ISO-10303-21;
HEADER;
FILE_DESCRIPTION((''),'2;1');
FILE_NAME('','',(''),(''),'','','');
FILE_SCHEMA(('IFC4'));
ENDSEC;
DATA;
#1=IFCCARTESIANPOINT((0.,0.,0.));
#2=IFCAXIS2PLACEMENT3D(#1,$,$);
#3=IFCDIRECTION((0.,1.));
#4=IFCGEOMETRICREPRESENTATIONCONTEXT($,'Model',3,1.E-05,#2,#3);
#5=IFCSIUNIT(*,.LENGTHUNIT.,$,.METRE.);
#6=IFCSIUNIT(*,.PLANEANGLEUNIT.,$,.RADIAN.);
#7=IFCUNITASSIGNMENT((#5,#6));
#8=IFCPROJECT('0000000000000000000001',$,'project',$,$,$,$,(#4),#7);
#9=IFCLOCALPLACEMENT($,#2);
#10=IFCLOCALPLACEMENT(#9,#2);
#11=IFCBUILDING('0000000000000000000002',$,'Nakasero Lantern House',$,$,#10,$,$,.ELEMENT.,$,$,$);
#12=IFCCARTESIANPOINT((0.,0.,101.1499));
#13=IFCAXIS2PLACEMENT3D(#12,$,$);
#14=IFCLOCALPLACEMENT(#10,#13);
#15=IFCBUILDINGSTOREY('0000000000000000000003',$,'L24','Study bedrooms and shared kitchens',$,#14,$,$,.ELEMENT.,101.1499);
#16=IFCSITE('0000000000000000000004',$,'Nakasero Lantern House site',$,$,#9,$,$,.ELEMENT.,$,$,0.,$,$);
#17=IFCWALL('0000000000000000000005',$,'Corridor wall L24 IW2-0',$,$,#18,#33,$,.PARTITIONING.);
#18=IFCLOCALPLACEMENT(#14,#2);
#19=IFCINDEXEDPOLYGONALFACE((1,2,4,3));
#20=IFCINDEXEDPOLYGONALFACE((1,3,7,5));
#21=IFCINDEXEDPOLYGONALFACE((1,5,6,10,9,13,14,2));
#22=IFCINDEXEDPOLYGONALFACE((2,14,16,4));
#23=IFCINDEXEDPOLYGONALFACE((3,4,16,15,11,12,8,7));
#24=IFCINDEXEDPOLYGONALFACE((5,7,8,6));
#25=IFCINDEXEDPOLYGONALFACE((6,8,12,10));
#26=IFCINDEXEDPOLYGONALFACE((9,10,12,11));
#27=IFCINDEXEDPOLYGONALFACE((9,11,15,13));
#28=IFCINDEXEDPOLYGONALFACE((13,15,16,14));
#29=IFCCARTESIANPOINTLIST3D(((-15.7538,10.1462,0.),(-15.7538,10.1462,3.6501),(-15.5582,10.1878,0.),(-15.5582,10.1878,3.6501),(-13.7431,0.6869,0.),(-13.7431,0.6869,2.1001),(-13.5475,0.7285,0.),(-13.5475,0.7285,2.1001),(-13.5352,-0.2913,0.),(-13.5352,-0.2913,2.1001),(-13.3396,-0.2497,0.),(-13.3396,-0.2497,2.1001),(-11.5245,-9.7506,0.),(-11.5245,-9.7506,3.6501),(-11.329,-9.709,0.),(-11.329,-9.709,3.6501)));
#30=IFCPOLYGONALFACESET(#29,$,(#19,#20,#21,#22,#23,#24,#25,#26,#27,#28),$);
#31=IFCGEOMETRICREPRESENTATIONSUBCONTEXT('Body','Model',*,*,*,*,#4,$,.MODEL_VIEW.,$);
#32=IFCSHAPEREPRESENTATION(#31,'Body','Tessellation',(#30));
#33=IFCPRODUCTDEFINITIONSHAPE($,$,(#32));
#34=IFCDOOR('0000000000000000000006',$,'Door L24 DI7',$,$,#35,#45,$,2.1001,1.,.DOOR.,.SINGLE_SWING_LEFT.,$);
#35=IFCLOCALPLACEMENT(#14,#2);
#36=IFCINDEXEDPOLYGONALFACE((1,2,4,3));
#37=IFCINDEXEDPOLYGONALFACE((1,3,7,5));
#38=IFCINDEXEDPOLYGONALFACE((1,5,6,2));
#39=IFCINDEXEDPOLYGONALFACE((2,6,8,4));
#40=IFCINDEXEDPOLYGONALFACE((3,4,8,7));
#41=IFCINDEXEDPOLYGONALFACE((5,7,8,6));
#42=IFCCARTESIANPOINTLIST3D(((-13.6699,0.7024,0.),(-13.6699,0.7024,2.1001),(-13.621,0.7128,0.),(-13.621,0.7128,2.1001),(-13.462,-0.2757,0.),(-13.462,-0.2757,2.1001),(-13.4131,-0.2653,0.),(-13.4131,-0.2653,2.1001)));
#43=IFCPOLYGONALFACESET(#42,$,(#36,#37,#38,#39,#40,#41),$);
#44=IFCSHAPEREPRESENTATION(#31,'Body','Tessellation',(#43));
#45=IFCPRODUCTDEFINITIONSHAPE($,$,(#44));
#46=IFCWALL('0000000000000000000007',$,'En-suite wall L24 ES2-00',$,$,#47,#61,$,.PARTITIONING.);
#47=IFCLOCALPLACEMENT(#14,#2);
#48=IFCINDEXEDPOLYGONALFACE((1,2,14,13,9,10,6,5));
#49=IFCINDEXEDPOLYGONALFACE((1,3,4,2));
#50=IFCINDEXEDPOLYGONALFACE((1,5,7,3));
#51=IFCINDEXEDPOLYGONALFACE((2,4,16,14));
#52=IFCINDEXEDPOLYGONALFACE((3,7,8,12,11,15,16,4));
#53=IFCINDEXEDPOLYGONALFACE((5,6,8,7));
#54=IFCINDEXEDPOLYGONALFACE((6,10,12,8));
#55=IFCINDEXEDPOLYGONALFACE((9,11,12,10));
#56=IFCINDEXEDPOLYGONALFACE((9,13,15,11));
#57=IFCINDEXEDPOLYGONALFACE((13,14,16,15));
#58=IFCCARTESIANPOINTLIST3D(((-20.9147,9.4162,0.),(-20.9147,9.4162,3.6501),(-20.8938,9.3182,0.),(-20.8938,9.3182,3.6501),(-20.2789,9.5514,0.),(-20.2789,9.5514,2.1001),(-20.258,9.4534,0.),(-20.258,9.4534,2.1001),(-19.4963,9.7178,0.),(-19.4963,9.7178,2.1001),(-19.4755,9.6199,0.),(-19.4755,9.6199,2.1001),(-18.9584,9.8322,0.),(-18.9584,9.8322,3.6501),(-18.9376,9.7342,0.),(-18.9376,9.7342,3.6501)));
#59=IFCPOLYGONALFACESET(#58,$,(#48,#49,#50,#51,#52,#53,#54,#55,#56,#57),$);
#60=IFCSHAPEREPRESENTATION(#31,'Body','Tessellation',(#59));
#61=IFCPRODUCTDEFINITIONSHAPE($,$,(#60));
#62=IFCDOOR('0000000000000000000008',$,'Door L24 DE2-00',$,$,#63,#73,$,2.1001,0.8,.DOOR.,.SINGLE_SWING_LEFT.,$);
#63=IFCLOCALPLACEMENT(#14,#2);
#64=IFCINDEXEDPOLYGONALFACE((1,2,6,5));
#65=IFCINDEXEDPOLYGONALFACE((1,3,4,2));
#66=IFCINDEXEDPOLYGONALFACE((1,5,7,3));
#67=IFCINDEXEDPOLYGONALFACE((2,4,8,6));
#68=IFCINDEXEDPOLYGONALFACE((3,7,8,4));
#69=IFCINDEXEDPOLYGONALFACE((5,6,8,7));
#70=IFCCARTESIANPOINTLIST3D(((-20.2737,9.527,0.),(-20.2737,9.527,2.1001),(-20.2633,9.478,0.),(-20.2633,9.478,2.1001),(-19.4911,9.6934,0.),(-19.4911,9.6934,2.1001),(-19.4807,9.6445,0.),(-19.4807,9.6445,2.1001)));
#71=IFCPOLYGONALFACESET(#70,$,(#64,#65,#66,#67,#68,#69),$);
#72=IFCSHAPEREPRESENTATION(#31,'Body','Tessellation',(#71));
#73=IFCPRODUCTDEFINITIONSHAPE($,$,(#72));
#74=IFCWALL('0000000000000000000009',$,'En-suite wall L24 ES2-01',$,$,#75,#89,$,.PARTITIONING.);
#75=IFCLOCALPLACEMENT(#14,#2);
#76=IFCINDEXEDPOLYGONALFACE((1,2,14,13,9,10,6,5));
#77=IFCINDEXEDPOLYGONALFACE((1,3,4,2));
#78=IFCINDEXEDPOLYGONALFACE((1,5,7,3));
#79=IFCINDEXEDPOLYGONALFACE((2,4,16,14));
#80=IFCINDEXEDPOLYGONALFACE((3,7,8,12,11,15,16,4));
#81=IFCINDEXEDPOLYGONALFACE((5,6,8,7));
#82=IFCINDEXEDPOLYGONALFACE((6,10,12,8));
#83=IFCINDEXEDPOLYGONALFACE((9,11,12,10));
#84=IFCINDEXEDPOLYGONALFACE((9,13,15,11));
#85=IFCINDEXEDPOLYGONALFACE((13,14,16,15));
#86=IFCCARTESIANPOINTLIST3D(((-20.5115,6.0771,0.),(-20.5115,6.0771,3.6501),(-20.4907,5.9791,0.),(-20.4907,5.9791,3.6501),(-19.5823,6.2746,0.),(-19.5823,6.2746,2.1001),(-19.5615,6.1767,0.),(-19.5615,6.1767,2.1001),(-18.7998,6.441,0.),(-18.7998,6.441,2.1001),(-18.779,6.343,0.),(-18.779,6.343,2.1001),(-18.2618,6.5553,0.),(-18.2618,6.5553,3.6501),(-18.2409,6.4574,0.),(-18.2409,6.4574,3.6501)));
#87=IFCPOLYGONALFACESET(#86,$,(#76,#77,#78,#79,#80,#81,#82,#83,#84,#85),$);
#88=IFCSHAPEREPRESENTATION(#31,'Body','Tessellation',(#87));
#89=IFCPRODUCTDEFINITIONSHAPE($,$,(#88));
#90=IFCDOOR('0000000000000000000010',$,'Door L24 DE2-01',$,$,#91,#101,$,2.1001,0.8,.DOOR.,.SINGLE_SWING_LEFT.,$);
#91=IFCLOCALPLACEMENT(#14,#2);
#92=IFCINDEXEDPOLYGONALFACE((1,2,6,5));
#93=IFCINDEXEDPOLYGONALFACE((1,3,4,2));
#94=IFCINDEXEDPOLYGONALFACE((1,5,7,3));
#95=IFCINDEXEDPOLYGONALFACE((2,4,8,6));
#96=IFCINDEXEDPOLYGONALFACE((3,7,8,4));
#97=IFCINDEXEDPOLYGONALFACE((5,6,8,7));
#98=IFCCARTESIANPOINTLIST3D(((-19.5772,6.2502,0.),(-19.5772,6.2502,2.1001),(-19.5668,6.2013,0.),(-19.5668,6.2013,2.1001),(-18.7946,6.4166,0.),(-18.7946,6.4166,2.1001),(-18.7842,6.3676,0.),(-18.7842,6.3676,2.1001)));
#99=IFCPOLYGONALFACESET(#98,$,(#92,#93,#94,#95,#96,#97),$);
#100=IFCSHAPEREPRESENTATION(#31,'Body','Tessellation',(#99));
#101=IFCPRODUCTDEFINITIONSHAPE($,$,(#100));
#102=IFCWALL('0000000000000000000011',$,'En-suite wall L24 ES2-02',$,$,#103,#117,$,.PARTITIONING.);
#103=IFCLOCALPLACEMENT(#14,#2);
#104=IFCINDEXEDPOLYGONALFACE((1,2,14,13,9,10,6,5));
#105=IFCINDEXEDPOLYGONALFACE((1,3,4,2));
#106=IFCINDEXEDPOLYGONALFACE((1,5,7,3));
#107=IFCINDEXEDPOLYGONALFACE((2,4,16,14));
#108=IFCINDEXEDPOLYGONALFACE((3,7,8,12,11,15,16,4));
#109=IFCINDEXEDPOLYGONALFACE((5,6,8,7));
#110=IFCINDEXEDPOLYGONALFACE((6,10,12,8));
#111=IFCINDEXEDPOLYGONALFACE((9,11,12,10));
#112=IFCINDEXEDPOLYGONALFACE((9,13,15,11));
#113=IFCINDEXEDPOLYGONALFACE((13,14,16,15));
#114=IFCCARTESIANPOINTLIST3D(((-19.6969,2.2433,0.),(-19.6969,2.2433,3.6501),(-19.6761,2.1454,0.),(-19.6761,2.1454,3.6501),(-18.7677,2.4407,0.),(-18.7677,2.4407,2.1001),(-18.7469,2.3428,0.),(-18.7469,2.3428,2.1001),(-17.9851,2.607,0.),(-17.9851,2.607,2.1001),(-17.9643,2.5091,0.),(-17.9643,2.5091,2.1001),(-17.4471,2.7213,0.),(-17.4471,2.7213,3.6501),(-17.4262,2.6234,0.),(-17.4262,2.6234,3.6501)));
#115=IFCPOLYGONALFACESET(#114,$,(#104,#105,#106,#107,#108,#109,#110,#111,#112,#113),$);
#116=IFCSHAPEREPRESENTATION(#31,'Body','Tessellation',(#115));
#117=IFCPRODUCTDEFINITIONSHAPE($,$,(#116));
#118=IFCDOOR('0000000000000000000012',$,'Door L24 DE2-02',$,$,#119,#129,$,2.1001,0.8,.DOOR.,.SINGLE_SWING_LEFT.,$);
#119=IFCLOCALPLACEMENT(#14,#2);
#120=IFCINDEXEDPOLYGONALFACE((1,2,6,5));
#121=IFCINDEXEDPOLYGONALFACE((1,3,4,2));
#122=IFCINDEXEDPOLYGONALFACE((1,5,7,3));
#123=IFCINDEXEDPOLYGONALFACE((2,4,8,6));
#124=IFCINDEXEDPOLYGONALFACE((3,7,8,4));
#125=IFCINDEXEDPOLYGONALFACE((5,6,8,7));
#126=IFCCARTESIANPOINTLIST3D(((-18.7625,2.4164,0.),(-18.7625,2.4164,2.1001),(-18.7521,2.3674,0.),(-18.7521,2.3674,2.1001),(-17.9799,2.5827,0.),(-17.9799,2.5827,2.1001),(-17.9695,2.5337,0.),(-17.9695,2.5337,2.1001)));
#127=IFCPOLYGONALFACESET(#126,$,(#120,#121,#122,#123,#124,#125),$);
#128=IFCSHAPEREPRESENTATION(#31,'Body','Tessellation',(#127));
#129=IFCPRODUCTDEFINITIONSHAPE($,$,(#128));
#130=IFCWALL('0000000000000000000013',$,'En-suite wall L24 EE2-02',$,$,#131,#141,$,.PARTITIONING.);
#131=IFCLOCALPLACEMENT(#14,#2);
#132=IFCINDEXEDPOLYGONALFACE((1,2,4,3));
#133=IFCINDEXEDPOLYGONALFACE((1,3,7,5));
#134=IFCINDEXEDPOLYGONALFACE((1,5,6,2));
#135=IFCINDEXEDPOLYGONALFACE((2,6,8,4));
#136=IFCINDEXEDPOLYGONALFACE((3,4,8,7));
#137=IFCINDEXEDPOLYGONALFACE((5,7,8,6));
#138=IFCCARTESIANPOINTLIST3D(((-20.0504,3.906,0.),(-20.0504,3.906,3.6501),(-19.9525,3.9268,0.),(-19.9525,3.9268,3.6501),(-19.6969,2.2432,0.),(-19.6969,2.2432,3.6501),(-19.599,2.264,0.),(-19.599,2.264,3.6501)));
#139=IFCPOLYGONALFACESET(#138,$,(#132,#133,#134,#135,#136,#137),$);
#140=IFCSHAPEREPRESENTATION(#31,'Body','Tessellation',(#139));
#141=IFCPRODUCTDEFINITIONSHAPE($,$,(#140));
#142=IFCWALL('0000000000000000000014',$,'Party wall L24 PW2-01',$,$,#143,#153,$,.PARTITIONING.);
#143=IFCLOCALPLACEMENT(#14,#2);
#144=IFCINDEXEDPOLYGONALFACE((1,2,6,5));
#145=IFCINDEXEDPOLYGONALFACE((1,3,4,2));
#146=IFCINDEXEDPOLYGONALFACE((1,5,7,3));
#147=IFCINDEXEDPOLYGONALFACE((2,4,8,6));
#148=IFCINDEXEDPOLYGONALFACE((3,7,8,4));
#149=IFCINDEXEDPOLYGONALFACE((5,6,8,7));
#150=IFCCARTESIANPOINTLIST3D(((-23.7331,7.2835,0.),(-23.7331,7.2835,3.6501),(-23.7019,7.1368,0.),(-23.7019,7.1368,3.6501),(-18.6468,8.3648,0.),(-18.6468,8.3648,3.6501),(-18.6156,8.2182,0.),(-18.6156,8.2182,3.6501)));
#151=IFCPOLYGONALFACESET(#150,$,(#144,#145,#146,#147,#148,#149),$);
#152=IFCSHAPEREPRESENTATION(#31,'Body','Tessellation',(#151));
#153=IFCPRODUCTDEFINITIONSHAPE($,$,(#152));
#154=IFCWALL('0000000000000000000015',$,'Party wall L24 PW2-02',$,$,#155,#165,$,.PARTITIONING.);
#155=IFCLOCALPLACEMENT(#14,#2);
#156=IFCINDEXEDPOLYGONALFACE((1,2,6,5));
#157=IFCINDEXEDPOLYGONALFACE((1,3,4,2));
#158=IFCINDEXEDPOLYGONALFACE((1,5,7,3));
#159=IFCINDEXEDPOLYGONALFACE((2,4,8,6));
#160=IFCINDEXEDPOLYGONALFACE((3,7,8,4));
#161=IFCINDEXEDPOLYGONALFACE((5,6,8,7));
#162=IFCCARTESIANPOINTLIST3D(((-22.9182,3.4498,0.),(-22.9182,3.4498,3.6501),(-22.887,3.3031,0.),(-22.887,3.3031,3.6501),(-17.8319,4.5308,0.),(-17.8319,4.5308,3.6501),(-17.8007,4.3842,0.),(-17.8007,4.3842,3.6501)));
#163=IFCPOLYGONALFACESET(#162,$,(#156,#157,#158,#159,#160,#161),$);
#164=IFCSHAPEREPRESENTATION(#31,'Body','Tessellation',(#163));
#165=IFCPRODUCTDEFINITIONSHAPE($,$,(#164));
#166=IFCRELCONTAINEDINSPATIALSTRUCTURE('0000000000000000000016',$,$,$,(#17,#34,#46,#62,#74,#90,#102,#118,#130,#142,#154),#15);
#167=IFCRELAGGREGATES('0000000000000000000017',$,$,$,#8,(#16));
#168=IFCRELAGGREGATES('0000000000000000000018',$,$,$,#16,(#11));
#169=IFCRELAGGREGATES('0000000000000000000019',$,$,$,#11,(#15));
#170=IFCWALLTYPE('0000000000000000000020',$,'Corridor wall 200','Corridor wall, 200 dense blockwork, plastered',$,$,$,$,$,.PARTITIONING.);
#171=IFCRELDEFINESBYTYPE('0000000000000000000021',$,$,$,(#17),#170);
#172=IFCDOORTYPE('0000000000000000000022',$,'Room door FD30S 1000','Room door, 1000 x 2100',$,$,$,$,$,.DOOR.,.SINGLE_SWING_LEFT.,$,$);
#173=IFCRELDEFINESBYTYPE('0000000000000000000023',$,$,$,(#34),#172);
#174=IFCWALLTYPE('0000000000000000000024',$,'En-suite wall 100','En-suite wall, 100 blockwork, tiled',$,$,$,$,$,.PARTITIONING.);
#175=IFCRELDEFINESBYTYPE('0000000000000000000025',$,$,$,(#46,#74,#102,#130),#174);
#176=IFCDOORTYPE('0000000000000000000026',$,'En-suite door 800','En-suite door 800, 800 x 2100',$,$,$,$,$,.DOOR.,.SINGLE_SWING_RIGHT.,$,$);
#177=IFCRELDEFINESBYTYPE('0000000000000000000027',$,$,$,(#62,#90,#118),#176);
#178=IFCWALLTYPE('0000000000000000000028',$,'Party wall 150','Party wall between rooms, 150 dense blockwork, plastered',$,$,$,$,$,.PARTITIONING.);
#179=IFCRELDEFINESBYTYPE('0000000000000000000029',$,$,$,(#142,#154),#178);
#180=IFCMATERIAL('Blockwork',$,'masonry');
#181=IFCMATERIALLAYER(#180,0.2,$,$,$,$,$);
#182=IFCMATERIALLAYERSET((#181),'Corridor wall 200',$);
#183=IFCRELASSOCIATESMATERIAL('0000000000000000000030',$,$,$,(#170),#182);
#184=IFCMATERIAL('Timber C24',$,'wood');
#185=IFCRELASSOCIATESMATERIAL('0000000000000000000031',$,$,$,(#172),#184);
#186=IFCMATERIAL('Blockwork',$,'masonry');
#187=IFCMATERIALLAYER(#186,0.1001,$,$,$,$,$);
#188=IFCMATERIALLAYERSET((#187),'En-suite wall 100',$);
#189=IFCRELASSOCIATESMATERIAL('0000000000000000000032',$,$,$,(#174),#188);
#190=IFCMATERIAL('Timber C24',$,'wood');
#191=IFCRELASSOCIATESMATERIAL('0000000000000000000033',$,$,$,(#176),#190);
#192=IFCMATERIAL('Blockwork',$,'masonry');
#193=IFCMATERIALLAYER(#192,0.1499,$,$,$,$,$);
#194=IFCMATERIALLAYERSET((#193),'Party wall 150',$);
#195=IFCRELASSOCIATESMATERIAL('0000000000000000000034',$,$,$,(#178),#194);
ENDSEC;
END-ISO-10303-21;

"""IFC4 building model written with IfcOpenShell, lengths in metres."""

from ifc_helpers import new_model, si_unit, direction, frame, frame_2d, origin, place, context, subcontext, project, spatial, rectangle, extrude, material, layer, layer_set, type_object, element, fill, save


model = new_model("IFC4")

# Units and contexts
model_context = context("Model", 3, precision=1e-05, world=origin(), true_north=direction((0.0, 1.0)))
body_context = subcontext(model_context, "Body", "Model", "MODEL_VIEW")
ifc_project = project(units=[si_unit("LENGTHUNIT", "METRE"), si_unit("PLANEANGLEUNIT", "RADIAN")], contexts=[model_context])

# Site, building, storey
site_placement = place(None, origin())
site = spatial("IfcSite", under=ifc_project, at=site_placement, Name="Nakasero Lantern House site", CompositionType="ELEMENT", RefElevation=0.0)
building_placement = place(site_placement, origin())
building = spatial("IfcBuilding", under=site, at=building_placement, Name="Nakasero Lantern House", CompositionType="ELEMENT")
storey_placement = place(building_placement, frame((0.0, 0.0, 101.1499)))
storey = spatial("IfcBuildingStorey", under=building, at=storey_placement, Name="L24", Description="Study bedrooms and shared kitchens", CompositionType="ELEMENT", Elevation=101.1499)

# Shared definitions
ifc_material_1 = material(Name="Blockwork", Category="masonry")
ifc_layer_1 = layer(ifc_material_1, 0.2)
ifc_layer_set_1 = layer_set([ifc_layer_1], Name="Corridor wall 200")
wall_type_1 = type_object("IfcWallType", Name="Corridor wall 200", Description="Corridor wall, 200 dense blockwork, plastered", PredefinedType="PARTITIONING", material=ifc_layer_set_1)

# Walls, openings, doors
wall_1_placement = place(storey_placement, frame((-15.656, 10.167, 0.0), z_axis=(0.0, 0.0, 1.0), x_axis=(0.207915, -0.978147, 0.0)))
wall_1 = element("IfcWall", 1, at=wall_1_placement, inside=storey, type_object=wall_type_1, Name="Corridor wall L24 IW2-0", PredefinedType="PARTITIONING", context=body_context, shape_type="SweptSolid", body=[
    extrude(rectangle(XDim=20.3413, YDim=0.2, at=frame_2d((10.1707, 0.0))), origin(), (0.0, 0.0, 1.0), 3.6501),
])
opening_1_placement = place(wall_1_placement, frame((9.6707, 0.0, 0.0)))
opening_1 = element("IfcOpeningElement", 2, at=opening_1_placement, cuts=wall_1, PredefinedType="OPENING", context=body_context, shape_type="SweptSolid", body=[
    extrude(rectangle(XDim=1.0, YDim=2.1001, at=frame_2d((0.5, 1.05))), frame((0.0, 0.1199, 0.0), z_axis=(0.0, -1.0, 0.0), x_axis=(1.0, 0.0, 0.0)), (0.0, 0.0, 1.0), 0.24),
])
ifc_material_2 = material(Name="Timber C24", Category="wood")
door_type_1 = type_object("IfcDoorType", Name="Room door FD30S 1000", Description="Room door, 1000 x 2100", OperationType="SINGLE_SWING_LEFT", PredefinedType="DOOR", material=ifc_material_2)
door_1_placement = place(opening_1_placement, origin())
door_1 = element("IfcDoor", 3, at=door_1_placement, inside=storey, type_object=door_type_1, Name="Door L24 DI7", OperationType="SINGLE_SWING_LEFT", OverallHeight=2.1001, OverallWidth=1.0, PredefinedType="DOOR", context=body_context, shape_type="SweptSolid", body=[
    extrude(rectangle(XDim=1.0, YDim=2.1001, at=frame_2d((0.5, 1.05))), frame((0.0, 0.0249, 0.0), z_axis=(0.0, -1.0, 0.0), x_axis=(1.0, 0.0, 0.0)), (0.0, 0.0, 1.0), 0.05),
])
fill(opening_1, door_1)
ifc_material_3 = material(Name="Blockwork", Category="masonry")
ifc_layer_2 = layer(ifc_material_3, 0.1001)
ifc_layer_set_2 = layer_set([ifc_layer_2], Name="En-suite wall 100")
wall_type_2 = type_object("IfcWallType", Name="En-suite wall 100", Description="En-suite wall, 100 blockwork, tiled", PredefinedType="PARTITIONING", material=ifc_layer_set_2)
wall_2_placement = place(storey_placement, frame((-18.948, 9.7832, 0.0), z_axis=(0.0, 0.0, 1.0), x_axis=(-0.978128, -0.208003, 0.0)))
wall_2 = element("IfcWall", 4, at=wall_2_placement, inside=storey, type_object=wall_type_2, Name="En-suite wall L24 ES2-00", PredefinedType="PARTITIONING", context=body_context, shape_type="SweptSolid", body=[
    extrude(rectangle(XDim=2.0, YDim=0.1001, at=frame_2d((1.0, 0.0))), origin(), (0.0, 0.0, 1.0), 3.6501),
])
opening_2_placement = place(wall_2_placement, frame((0.55, 0.0, 0.0)))
opening_2 = element("IfcOpeningElement", 5, at=opening_2_placement, cuts=wall_2, PredefinedType="OPENING", context=body_context, shape_type="SweptSolid", body=[
    extrude(rectangle(XDim=0.8, YDim=2.1001, at=frame_2d((0.3999, 1.05))), frame((0.0, 0.0701, 0.0), z_axis=(0.0, -1.0, 0.0), x_axis=(1.0, 0.0, 0.0)), (0.0, 0.0, 1.0), 0.1401),
])
ifc_material_4 = material(Name="Timber C24", Category="wood")
door_type_2 = type_object("IfcDoorType", Name="En-suite door 800", Description="En-suite door 800, 800 x 2100", OperationType="SINGLE_SWING_RIGHT", PredefinedType="DOOR", material=ifc_material_4)
door_2_placement = place(opening_2_placement, origin())
door_2 = element("IfcDoor", 6, at=door_2_placement, inside=storey, type_object=door_type_2, Name="Door L24 DE2-00", OperationType="SINGLE_SWING_LEFT", OverallHeight=2.1001, OverallWidth=0.8, PredefinedType="DOOR", context=body_context, shape_type="SweptSolid", body=[
    extrude(rectangle(XDim=0.8, YDim=2.1001, at=frame_2d((0.3999, 1.05))), frame((0.0, 0.0249, 0.0), z_axis=(0.0, -1.0, 0.0), x_axis=(1.0, 0.0, 0.0)), (0.0, 0.0, 1.0), 0.05),
])
fill(opening_2, door_2)
wall_3_placement = place(storey_placement, frame((-18.2515, 6.5063, 0.0), z_axis=(0.0, 0.0, 1.0), x_axis=(-0.978141, -0.207941, 0.0)))
wall_3 = element("IfcWall", 7, at=wall_3_placement, inside=storey, type_object=wall_type_2, Name="En-suite wall L24 ES2-01", PredefinedType="PARTITIONING", context=body_context, shape_type="SweptSolid", body=[
    extrude(rectangle(XDim=2.3, YDim=0.1001, at=frame_2d((1.1499, 0.0))), origin(), (0.0, 0.0, 1.0), 3.6501),
])
opening_3_placement = place(wall_3_placement, frame((0.55, 0.0, 0.0)))
opening_3 = element("IfcOpeningElement", 8, at=opening_3_placement, cuts=wall_3, PredefinedType="OPENING", context=body_context, shape_type="SweptSolid", body=[
    extrude(rectangle(XDim=0.8, YDim=2.1001, at=frame_2d((0.3999, 1.05))), frame((0.0, 0.0701, 0.0), z_axis=(0.0, -1.0, 0.0), x_axis=(1.0, 0.0, 0.0)), (0.0, 0.0, 1.0), 0.1401),
])
door_3_placement = place(opening_3_placement, origin())
door_3 = element("IfcDoor", 9, at=door_3_placement, inside=storey, type_object=door_type_2, Name="Door L24 DE2-01", OperationType="SINGLE_SWING_LEFT", OverallHeight=2.1001, OverallWidth=0.8, PredefinedType="DOOR", context=body_context, shape_type="SweptSolid", body=[
    extrude(rectangle(XDim=0.8, YDim=2.1001, at=frame_2d((0.3999, 1.05))), frame((0.0, 0.0249, 0.0), z_axis=(0.0, -1.0, 0.0), x_axis=(1.0, 0.0, 0.0)), (0.0, 0.0, 1.0), 0.05),
])
fill(opening_3, door_3)
wall_4_placement = place(storey_placement, frame((-17.4368, 2.6724, 0.0), z_axis=(0.0, 0.0, 1.0), x_axis=(-0.978163, -0.20784, 0.0)))
wall_4 = element("IfcWall", 10, at=wall_4_placement, inside=storey, type_object=wall_type_2, Name="En-suite wall L24 ES2-02", PredefinedType="PARTITIONING", context=body_context, shape_type="SweptSolid", body=[
    extrude(rectangle(XDim=2.3, YDim=0.1001, at=frame_2d((1.1499, 0.0))), origin(), (0.0, 0.0, 1.0), 3.6501),
])
opening_4_placement = place(wall_4_placement, frame((0.55, 0.0, 0.0)))
opening_4 = element("IfcOpeningElement", 11, at=opening_4_placement, cuts=wall_4, PredefinedType="OPENING", context=body_context, shape_type="SweptSolid", body=[
    extrude(rectangle(XDim=0.8, YDim=2.1001, at=frame_2d((0.3999, 1.05))), frame((0.0, 0.0701, 0.0), z_axis=(0.0, -1.0, 0.0), x_axis=(1.0, 0.0, 0.0)), (0.0, 0.0, 1.0), 0.1401),
])
door_4_placement = place(opening_4_placement, origin())
door_4 = element("IfcDoor", 12, at=door_4_placement, inside=storey, type_object=door_type_2, Name="Door L24 DE2-02", OperationType="SINGLE_SWING_LEFT", OverallHeight=2.1001, OverallWidth=0.8, PredefinedType="DOOR", context=body_context, shape_type="SweptSolid", body=[
    extrude(rectangle(XDim=0.8, YDim=2.1001, at=frame_2d((0.3999, 1.05))), frame((0.0, 0.0249, 0.0), z_axis=(0.0, -1.0, 0.0), x_axis=(1.0, 0.0, 0.0)), (0.0, 0.0, 1.0), 0.05),
])
fill(opening_4, door_4)

# Walls
wall_5_placement = place(storey_placement, frame((-20.0015, 3.9165, 0.0), z_axis=(0.0, 0.0, 1.0), x_axis=(0.20795, -0.97814, 0.0)))
element("IfcWall", 13, at=wall_5_placement, inside=storey, type_object=wall_type_2, Name="En-suite wall L24 EE2-02", PredefinedType="PARTITIONING", context=body_context, shape_type="SweptSolid", body=[
    extrude(rectangle(XDim=1.7, YDim=0.1001, at=frame_2d((0.8501, 0.0))), origin(), (0.0, 0.0, 1.0), 3.6501),
])
ifc_material_5 = material(Name="Blockwork", Category="masonry")
ifc_layer_3 = layer(ifc_material_5, 0.1499)
ifc_layer_set_3 = layer_set([ifc_layer_3], Name="Party wall 150")
wall_type_3 = type_object("IfcWallType", Name="Party wall 150", Description="Party wall between rooms, 150 dense blockwork, plastered", PredefinedType="PARTITIONING", material=ifc_layer_set_3)
for number, where, z_axis, x_axis, name in (
    (14, (-18.6311, 8.2915, 0.0), (0.0, 0.0, 1.0), (-0.97814, -0.207948, 0.0), "Party wall L24 PW2-01"),
    (15, (-17.8162, 4.4575, 0.0), (0.0, 0.0, 1.0), (-0.978151, -0.207894, 0.0), "Party wall L24 PW2-02"),
):
    element("IfcWall", number, at=place(storey_placement, frame(where, z_axis=z_axis, x_axis=x_axis)), inside=storey, type_object=wall_type_3, Name=name, PredefinedType="PARTITIONING", context=body_context, shape_type="SweptSolid", body=[
        extrude(rectangle(XDim=5.2, YDim=0.1499, at=frame_2d((2.6001, 0.0))), origin(), (0.0, 0.0, 1.0), 3.6501),
    ])

save(model, "model.ifc")
